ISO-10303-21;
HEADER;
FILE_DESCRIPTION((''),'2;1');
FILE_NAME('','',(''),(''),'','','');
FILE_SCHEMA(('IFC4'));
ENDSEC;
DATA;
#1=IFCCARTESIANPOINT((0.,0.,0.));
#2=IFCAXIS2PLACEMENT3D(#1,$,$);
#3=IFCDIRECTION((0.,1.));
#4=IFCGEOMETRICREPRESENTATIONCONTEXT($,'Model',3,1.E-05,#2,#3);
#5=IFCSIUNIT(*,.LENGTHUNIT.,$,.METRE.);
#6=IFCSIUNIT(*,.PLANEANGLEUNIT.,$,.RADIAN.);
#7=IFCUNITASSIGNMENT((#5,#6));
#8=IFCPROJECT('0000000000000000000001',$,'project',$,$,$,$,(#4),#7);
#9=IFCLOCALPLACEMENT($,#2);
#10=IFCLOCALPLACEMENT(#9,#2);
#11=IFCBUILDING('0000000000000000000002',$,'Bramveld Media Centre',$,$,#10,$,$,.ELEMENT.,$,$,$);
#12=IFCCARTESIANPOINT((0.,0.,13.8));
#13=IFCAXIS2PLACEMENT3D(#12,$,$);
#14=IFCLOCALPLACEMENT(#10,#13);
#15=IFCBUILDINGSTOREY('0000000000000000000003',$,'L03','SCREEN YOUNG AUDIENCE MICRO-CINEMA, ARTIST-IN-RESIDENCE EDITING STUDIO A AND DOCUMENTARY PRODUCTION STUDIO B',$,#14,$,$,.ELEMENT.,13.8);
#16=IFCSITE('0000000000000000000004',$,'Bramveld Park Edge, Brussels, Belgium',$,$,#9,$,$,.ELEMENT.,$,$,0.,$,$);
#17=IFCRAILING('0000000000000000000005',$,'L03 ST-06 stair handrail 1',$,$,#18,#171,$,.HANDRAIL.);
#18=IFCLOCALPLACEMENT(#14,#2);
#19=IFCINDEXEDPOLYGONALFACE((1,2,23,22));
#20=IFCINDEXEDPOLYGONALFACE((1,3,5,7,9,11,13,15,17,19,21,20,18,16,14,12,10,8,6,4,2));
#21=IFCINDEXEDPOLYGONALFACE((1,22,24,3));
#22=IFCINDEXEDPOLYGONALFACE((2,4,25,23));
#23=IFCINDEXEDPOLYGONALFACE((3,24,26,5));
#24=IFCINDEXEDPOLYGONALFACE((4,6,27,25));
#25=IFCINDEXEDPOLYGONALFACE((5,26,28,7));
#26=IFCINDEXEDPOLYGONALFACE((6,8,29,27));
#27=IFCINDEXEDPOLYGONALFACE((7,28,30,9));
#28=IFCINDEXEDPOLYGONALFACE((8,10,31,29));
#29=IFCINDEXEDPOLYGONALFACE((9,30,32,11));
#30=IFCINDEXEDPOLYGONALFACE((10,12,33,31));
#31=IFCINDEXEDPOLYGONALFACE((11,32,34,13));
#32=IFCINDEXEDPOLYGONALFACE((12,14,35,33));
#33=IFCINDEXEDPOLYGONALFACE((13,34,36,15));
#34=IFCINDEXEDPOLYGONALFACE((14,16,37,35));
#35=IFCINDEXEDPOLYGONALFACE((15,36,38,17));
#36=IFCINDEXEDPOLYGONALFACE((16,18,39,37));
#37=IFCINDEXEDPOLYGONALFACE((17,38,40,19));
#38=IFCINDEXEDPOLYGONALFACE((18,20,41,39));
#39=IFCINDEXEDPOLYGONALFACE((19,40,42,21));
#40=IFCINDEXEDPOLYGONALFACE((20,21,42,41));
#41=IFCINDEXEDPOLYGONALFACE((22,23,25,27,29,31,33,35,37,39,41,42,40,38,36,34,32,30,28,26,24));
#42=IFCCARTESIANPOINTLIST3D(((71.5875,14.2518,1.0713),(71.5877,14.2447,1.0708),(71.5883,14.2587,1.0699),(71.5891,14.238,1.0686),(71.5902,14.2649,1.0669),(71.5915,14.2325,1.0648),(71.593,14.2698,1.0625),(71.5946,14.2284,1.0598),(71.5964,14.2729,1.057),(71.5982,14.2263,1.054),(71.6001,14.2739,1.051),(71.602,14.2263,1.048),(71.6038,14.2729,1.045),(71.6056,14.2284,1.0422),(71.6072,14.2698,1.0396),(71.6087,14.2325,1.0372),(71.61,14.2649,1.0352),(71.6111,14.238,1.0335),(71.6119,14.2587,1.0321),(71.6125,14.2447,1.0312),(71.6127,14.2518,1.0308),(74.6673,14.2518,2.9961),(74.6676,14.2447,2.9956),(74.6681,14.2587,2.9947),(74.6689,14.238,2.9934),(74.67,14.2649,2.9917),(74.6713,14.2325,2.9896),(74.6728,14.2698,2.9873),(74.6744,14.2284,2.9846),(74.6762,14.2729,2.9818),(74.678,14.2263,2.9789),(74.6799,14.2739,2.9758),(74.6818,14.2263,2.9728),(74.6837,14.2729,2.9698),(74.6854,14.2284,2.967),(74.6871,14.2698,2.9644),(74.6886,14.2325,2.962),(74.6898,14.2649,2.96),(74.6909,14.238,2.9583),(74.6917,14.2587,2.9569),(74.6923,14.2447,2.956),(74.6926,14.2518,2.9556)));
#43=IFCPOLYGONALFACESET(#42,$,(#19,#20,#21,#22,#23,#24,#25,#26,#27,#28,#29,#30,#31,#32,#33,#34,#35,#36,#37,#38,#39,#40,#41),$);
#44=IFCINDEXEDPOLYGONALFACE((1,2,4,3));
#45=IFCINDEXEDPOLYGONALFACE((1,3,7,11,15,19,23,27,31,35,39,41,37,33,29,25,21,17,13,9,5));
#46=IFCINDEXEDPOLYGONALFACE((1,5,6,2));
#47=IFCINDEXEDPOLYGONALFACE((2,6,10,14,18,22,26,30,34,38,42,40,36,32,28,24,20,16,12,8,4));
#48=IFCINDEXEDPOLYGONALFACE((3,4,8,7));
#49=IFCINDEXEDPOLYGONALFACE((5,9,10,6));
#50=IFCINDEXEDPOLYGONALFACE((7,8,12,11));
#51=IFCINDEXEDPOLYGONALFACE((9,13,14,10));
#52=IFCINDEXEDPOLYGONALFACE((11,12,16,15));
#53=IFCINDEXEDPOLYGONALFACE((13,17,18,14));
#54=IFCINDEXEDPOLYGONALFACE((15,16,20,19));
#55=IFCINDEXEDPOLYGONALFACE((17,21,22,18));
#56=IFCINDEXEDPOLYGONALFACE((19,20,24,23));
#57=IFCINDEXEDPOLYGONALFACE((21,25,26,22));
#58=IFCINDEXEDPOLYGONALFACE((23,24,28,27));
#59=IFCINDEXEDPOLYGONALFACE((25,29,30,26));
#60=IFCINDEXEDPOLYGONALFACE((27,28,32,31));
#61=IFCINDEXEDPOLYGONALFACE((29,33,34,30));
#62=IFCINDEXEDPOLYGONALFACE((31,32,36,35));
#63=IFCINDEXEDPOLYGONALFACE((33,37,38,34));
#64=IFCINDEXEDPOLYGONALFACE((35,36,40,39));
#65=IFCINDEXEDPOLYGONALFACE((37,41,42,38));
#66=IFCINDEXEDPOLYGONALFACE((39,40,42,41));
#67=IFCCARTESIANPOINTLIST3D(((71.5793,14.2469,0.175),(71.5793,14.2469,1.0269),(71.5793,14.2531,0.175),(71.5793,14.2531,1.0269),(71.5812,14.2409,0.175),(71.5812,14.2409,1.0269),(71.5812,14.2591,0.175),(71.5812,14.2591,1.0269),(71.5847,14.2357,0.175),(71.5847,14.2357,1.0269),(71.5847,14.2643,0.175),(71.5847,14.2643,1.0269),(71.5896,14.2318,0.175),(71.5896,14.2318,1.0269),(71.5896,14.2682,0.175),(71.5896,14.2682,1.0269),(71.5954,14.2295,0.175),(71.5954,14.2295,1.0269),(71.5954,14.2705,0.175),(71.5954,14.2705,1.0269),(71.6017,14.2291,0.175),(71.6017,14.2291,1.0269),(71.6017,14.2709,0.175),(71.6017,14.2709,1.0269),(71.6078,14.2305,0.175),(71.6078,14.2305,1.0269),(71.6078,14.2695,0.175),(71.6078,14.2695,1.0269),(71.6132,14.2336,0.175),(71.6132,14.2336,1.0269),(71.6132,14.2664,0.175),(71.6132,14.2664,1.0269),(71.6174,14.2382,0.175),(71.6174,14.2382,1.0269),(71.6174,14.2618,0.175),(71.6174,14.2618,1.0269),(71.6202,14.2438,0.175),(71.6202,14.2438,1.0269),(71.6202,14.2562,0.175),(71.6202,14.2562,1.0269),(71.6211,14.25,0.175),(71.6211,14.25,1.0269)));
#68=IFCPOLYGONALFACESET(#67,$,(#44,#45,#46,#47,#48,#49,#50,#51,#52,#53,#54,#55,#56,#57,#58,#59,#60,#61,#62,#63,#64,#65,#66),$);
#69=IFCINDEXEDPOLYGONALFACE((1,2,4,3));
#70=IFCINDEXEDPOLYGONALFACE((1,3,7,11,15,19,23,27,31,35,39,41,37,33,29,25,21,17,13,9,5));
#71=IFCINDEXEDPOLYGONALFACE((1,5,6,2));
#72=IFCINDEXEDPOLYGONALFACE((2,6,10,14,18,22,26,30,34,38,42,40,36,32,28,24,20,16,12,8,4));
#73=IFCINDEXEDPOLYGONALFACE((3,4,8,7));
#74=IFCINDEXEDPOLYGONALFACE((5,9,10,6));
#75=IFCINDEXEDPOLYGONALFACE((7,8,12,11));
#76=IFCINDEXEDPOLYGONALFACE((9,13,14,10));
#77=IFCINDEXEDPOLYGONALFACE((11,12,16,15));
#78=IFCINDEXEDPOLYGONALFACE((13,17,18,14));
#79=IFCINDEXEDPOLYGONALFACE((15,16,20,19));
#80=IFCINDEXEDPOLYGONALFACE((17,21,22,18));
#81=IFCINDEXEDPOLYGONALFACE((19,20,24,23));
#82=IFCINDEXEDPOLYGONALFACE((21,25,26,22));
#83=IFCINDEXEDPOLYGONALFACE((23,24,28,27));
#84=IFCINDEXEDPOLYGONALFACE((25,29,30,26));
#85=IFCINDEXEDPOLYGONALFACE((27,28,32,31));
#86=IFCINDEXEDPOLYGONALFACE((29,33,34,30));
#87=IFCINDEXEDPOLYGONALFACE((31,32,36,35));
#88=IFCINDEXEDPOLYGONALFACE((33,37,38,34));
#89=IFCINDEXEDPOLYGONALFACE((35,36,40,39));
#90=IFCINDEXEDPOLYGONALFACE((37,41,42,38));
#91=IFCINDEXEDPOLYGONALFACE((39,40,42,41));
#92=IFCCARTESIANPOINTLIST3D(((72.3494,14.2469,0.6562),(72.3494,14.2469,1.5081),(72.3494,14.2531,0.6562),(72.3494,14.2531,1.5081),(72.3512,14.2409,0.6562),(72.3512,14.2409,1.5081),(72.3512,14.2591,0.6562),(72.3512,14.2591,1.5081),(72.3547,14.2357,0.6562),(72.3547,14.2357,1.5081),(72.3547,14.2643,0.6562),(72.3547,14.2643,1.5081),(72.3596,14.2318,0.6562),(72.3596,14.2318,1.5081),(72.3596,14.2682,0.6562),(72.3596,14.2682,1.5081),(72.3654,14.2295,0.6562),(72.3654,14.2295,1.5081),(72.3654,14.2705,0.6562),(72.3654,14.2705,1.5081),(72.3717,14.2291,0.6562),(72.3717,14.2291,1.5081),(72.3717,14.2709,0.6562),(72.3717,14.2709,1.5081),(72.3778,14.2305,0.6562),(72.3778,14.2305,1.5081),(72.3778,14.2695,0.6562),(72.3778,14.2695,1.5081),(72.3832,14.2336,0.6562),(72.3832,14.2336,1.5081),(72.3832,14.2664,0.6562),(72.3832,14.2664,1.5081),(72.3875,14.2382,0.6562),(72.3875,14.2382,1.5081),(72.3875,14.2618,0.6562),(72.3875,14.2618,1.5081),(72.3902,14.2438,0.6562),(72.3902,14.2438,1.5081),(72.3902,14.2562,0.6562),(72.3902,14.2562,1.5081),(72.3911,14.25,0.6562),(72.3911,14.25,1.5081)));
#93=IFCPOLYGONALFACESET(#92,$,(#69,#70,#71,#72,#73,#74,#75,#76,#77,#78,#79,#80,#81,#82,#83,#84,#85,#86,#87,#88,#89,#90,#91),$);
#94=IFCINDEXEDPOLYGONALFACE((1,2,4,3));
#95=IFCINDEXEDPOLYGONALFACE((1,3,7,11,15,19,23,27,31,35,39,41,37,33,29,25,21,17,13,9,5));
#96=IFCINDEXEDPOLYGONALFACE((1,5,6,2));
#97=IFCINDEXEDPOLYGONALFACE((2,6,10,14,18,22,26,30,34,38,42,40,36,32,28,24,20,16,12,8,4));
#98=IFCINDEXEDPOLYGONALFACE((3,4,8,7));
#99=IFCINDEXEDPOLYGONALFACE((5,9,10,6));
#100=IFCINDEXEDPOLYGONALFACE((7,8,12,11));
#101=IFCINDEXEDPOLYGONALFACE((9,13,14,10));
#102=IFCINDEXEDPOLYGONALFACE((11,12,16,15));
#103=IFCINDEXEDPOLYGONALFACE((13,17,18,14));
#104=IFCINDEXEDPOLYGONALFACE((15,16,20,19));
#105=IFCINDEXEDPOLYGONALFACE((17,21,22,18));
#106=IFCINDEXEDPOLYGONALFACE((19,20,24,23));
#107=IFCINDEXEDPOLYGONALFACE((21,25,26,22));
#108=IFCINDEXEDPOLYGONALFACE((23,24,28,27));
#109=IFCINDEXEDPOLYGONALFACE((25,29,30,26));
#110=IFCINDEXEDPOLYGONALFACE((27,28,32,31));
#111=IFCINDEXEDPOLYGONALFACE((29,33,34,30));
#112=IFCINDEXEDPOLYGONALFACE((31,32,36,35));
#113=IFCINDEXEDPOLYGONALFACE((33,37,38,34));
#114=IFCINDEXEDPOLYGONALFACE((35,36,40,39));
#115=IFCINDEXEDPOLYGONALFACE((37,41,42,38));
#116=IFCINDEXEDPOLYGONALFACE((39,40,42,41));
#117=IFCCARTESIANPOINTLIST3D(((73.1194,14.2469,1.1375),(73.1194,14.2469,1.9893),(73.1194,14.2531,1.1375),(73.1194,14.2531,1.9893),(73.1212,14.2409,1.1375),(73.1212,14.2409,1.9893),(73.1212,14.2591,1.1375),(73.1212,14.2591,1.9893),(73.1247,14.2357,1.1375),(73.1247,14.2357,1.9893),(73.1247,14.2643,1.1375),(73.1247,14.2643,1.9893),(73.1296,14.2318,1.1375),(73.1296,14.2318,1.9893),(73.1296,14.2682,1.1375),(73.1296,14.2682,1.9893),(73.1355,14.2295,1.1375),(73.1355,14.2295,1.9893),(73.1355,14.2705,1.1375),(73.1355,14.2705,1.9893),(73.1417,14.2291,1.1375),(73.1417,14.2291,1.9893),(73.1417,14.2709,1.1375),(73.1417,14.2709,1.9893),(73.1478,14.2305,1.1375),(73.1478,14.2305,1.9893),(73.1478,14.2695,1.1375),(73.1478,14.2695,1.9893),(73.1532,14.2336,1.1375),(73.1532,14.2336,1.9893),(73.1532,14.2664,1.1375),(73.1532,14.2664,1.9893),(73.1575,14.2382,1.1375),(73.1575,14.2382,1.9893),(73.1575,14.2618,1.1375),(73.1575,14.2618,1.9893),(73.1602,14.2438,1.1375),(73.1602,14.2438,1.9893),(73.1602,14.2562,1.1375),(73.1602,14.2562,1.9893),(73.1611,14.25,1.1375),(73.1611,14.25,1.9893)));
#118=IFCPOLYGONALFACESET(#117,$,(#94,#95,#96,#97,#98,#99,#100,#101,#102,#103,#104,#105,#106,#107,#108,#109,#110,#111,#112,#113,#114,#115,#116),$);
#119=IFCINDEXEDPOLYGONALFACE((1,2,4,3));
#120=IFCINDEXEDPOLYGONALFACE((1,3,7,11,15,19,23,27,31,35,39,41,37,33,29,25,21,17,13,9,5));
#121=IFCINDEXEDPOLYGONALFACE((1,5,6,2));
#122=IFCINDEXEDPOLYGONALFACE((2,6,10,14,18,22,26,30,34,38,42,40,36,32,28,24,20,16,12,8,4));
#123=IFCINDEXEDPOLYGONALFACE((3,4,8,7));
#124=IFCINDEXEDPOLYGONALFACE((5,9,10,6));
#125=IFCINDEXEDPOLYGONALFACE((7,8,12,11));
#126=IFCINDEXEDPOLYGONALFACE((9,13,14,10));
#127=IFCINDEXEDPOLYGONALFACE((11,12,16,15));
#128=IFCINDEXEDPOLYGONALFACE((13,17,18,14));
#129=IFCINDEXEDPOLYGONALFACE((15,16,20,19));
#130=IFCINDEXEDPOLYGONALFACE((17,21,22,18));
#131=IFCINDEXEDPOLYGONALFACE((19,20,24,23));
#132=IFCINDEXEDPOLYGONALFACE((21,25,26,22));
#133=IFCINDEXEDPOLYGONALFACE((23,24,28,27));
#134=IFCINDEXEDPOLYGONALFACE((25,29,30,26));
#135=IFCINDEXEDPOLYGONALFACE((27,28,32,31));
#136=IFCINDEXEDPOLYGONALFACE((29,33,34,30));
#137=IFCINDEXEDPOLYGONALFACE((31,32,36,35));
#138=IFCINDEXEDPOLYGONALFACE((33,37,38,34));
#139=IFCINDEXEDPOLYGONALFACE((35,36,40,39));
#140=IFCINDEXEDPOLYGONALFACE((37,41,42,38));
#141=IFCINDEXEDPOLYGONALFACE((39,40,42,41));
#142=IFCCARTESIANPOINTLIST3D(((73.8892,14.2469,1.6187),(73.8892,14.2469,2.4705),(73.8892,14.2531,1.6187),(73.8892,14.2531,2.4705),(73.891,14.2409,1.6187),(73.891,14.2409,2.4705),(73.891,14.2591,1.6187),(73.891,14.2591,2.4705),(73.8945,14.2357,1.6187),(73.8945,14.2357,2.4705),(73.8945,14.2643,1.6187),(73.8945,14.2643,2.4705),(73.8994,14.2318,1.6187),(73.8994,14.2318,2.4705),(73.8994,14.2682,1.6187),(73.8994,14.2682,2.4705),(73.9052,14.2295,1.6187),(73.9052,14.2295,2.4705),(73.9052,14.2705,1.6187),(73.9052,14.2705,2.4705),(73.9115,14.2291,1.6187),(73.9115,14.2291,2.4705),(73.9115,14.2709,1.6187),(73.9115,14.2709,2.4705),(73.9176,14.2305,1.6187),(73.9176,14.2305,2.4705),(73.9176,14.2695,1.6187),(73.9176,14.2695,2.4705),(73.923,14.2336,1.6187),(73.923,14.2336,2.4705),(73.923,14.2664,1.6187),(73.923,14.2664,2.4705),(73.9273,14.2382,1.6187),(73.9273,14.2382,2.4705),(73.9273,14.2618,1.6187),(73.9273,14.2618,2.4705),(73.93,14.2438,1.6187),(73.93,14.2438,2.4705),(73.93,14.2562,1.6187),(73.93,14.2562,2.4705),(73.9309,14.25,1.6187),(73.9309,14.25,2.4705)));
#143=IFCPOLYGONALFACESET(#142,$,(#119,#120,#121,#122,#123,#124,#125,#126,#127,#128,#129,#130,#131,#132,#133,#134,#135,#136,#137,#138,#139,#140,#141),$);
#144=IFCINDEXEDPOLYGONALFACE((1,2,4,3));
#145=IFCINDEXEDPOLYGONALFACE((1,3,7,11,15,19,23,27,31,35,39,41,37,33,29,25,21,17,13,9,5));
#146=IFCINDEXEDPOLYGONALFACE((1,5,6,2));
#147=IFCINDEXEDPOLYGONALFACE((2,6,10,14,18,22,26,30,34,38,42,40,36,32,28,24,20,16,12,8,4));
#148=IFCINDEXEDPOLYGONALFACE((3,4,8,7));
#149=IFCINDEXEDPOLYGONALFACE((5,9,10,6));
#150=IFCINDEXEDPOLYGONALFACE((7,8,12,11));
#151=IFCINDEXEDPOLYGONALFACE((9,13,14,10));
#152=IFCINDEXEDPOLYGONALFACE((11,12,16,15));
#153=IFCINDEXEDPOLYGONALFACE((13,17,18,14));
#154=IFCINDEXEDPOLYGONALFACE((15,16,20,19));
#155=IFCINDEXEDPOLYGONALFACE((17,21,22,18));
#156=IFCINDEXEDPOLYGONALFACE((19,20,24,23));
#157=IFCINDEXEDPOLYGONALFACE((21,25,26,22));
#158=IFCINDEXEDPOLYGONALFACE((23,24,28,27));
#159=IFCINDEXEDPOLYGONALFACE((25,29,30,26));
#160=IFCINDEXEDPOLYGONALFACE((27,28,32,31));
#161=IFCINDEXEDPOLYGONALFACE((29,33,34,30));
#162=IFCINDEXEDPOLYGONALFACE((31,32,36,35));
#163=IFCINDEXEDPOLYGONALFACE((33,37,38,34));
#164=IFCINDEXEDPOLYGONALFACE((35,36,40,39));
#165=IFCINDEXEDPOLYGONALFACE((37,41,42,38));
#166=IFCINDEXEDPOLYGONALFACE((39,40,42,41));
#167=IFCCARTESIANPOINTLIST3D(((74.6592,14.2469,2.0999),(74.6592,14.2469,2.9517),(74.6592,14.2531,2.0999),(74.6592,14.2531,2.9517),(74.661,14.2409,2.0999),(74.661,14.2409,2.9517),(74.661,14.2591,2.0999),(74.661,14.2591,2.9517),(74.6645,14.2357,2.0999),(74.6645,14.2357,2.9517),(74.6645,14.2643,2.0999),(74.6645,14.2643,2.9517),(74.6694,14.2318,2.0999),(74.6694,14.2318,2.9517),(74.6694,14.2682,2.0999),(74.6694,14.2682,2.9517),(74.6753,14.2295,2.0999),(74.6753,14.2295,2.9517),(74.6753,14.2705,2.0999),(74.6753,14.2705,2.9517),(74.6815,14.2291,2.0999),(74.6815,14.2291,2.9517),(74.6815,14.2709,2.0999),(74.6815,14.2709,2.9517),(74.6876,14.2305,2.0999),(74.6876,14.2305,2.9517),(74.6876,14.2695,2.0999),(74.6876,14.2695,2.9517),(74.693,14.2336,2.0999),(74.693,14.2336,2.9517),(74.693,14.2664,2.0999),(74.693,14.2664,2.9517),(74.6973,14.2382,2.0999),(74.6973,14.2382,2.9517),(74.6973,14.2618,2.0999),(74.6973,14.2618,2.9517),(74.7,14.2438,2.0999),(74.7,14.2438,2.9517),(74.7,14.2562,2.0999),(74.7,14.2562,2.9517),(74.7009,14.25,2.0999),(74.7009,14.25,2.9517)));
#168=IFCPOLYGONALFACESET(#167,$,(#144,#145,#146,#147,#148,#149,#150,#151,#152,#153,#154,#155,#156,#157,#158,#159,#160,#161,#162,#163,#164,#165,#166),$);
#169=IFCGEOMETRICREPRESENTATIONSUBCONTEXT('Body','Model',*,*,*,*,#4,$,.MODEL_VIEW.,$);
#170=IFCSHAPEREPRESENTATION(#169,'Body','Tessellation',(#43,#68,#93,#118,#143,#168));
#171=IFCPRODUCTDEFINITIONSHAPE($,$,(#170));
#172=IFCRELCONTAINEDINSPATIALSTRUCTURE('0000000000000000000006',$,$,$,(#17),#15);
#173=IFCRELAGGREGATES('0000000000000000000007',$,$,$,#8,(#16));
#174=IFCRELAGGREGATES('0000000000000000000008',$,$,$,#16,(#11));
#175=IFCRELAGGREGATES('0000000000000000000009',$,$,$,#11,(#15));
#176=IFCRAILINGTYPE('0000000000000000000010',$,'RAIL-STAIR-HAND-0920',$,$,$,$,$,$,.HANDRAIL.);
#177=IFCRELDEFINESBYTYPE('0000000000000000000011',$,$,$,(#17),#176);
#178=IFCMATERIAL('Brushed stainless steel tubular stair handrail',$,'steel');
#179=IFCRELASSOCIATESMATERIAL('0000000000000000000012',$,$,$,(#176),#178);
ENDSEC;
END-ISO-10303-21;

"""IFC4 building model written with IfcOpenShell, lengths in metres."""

from ifc_helpers import new_model, si_unit, direction, frame, origin, origin_2d, place, context, subcontext, project, spatial, circle, extrude, material, type_object, element, save


model = new_model("IFC4")

# Units and contexts
model_context = context("Model", 3, precision=1e-05, world=origin(), true_north=direction((0.0, 1.0)))
body_context = subcontext(model_context, "Body", "Model", "MODEL_VIEW")
ifc_project = project(units=[si_unit("LENGTHUNIT", "METRE"), si_unit("PLANEANGLEUNIT", "RADIAN")], contexts=[model_context])

# Site, building, storey
site_placement = place(None, origin())
site = spatial("IfcSite", under=ifc_project, at=site_placement, Name="Bramveld Park Edge, Brussels, Belgium", CompositionType="ELEMENT", RefElevation=0.0)
building_placement = place(site_placement, origin())
building = spatial("IfcBuilding", under=site, at=building_placement, Name="Bramveld Media Centre", CompositionType="ELEMENT")
storey_placement = place(building_placement, frame((0.0, 0.0, 13.8)))
storey = spatial("IfcBuildingStorey", under=building, at=storey_placement, Name="L03", Description="SCREEN YOUNG AUDIENCE MICRO-CINEMA, ARTIST-IN-RESIDENCE EDITING STUDIO A AND DOCUMENTARY PRODUCTION STUDIO B", CompositionType="ELEMENT", Elevation=13.8)

# Railing
ifc_material_1 = material(Name="Brushed stainless steel tubular stair handrail", Category="steel")
railing_type_1 = type_object("IfcRailingType", Name="RAIL-STAIR-HAND-0920", PredefinedType="HANDRAIL", material=ifc_material_1)
railing_1_placement = place(storey_placement, frame((71.6001, 14.25, 0.175)))
element("IfcRailing", 1, at=railing_1_placement, inside=storey, type_object=railing_type_1, Name="L03 ST-06 stair handrail 1", PredefinedType="HANDRAIL", context=body_context, shape_type="SweptSolid", body=[
    extrude(circle(Radius=0.0239, at=origin_2d()), frame((0.0, 0.0, 0.876), z_axis=(0.84801, 0.0, 0.529981), x_axis=(0.0, 1.0, 0.0)), (0.0, 0.0, 1.0), 3.6318),
    extrude(circle(Radius=0.021, at=origin_2d()), origin(), (0.0, 0.0, 1.0), 0.8518),
    extrude(circle(Radius=0.021, at=origin_2d()), frame((0.77, 0.0, 0.4812)), (0.0, 0.0, 1.0), 0.8518),
    extrude(circle(Radius=0.021, at=origin_2d()), frame((1.54, 0.0, 0.9624)), (0.0, 0.0, 1.0), 0.8518),
    extrude(circle(Radius=0.021, at=origin_2d()), frame((2.3098, 0.0, 1.4436)), (0.0, 0.0, 1.0), 0.8518),
    extrude(circle(Radius=0.021, at=origin_2d()), frame((3.0798, 0.0, 1.9248)), (0.0, 0.0, 1.0), 0.8518),
])

save(model, "model.ifc")
